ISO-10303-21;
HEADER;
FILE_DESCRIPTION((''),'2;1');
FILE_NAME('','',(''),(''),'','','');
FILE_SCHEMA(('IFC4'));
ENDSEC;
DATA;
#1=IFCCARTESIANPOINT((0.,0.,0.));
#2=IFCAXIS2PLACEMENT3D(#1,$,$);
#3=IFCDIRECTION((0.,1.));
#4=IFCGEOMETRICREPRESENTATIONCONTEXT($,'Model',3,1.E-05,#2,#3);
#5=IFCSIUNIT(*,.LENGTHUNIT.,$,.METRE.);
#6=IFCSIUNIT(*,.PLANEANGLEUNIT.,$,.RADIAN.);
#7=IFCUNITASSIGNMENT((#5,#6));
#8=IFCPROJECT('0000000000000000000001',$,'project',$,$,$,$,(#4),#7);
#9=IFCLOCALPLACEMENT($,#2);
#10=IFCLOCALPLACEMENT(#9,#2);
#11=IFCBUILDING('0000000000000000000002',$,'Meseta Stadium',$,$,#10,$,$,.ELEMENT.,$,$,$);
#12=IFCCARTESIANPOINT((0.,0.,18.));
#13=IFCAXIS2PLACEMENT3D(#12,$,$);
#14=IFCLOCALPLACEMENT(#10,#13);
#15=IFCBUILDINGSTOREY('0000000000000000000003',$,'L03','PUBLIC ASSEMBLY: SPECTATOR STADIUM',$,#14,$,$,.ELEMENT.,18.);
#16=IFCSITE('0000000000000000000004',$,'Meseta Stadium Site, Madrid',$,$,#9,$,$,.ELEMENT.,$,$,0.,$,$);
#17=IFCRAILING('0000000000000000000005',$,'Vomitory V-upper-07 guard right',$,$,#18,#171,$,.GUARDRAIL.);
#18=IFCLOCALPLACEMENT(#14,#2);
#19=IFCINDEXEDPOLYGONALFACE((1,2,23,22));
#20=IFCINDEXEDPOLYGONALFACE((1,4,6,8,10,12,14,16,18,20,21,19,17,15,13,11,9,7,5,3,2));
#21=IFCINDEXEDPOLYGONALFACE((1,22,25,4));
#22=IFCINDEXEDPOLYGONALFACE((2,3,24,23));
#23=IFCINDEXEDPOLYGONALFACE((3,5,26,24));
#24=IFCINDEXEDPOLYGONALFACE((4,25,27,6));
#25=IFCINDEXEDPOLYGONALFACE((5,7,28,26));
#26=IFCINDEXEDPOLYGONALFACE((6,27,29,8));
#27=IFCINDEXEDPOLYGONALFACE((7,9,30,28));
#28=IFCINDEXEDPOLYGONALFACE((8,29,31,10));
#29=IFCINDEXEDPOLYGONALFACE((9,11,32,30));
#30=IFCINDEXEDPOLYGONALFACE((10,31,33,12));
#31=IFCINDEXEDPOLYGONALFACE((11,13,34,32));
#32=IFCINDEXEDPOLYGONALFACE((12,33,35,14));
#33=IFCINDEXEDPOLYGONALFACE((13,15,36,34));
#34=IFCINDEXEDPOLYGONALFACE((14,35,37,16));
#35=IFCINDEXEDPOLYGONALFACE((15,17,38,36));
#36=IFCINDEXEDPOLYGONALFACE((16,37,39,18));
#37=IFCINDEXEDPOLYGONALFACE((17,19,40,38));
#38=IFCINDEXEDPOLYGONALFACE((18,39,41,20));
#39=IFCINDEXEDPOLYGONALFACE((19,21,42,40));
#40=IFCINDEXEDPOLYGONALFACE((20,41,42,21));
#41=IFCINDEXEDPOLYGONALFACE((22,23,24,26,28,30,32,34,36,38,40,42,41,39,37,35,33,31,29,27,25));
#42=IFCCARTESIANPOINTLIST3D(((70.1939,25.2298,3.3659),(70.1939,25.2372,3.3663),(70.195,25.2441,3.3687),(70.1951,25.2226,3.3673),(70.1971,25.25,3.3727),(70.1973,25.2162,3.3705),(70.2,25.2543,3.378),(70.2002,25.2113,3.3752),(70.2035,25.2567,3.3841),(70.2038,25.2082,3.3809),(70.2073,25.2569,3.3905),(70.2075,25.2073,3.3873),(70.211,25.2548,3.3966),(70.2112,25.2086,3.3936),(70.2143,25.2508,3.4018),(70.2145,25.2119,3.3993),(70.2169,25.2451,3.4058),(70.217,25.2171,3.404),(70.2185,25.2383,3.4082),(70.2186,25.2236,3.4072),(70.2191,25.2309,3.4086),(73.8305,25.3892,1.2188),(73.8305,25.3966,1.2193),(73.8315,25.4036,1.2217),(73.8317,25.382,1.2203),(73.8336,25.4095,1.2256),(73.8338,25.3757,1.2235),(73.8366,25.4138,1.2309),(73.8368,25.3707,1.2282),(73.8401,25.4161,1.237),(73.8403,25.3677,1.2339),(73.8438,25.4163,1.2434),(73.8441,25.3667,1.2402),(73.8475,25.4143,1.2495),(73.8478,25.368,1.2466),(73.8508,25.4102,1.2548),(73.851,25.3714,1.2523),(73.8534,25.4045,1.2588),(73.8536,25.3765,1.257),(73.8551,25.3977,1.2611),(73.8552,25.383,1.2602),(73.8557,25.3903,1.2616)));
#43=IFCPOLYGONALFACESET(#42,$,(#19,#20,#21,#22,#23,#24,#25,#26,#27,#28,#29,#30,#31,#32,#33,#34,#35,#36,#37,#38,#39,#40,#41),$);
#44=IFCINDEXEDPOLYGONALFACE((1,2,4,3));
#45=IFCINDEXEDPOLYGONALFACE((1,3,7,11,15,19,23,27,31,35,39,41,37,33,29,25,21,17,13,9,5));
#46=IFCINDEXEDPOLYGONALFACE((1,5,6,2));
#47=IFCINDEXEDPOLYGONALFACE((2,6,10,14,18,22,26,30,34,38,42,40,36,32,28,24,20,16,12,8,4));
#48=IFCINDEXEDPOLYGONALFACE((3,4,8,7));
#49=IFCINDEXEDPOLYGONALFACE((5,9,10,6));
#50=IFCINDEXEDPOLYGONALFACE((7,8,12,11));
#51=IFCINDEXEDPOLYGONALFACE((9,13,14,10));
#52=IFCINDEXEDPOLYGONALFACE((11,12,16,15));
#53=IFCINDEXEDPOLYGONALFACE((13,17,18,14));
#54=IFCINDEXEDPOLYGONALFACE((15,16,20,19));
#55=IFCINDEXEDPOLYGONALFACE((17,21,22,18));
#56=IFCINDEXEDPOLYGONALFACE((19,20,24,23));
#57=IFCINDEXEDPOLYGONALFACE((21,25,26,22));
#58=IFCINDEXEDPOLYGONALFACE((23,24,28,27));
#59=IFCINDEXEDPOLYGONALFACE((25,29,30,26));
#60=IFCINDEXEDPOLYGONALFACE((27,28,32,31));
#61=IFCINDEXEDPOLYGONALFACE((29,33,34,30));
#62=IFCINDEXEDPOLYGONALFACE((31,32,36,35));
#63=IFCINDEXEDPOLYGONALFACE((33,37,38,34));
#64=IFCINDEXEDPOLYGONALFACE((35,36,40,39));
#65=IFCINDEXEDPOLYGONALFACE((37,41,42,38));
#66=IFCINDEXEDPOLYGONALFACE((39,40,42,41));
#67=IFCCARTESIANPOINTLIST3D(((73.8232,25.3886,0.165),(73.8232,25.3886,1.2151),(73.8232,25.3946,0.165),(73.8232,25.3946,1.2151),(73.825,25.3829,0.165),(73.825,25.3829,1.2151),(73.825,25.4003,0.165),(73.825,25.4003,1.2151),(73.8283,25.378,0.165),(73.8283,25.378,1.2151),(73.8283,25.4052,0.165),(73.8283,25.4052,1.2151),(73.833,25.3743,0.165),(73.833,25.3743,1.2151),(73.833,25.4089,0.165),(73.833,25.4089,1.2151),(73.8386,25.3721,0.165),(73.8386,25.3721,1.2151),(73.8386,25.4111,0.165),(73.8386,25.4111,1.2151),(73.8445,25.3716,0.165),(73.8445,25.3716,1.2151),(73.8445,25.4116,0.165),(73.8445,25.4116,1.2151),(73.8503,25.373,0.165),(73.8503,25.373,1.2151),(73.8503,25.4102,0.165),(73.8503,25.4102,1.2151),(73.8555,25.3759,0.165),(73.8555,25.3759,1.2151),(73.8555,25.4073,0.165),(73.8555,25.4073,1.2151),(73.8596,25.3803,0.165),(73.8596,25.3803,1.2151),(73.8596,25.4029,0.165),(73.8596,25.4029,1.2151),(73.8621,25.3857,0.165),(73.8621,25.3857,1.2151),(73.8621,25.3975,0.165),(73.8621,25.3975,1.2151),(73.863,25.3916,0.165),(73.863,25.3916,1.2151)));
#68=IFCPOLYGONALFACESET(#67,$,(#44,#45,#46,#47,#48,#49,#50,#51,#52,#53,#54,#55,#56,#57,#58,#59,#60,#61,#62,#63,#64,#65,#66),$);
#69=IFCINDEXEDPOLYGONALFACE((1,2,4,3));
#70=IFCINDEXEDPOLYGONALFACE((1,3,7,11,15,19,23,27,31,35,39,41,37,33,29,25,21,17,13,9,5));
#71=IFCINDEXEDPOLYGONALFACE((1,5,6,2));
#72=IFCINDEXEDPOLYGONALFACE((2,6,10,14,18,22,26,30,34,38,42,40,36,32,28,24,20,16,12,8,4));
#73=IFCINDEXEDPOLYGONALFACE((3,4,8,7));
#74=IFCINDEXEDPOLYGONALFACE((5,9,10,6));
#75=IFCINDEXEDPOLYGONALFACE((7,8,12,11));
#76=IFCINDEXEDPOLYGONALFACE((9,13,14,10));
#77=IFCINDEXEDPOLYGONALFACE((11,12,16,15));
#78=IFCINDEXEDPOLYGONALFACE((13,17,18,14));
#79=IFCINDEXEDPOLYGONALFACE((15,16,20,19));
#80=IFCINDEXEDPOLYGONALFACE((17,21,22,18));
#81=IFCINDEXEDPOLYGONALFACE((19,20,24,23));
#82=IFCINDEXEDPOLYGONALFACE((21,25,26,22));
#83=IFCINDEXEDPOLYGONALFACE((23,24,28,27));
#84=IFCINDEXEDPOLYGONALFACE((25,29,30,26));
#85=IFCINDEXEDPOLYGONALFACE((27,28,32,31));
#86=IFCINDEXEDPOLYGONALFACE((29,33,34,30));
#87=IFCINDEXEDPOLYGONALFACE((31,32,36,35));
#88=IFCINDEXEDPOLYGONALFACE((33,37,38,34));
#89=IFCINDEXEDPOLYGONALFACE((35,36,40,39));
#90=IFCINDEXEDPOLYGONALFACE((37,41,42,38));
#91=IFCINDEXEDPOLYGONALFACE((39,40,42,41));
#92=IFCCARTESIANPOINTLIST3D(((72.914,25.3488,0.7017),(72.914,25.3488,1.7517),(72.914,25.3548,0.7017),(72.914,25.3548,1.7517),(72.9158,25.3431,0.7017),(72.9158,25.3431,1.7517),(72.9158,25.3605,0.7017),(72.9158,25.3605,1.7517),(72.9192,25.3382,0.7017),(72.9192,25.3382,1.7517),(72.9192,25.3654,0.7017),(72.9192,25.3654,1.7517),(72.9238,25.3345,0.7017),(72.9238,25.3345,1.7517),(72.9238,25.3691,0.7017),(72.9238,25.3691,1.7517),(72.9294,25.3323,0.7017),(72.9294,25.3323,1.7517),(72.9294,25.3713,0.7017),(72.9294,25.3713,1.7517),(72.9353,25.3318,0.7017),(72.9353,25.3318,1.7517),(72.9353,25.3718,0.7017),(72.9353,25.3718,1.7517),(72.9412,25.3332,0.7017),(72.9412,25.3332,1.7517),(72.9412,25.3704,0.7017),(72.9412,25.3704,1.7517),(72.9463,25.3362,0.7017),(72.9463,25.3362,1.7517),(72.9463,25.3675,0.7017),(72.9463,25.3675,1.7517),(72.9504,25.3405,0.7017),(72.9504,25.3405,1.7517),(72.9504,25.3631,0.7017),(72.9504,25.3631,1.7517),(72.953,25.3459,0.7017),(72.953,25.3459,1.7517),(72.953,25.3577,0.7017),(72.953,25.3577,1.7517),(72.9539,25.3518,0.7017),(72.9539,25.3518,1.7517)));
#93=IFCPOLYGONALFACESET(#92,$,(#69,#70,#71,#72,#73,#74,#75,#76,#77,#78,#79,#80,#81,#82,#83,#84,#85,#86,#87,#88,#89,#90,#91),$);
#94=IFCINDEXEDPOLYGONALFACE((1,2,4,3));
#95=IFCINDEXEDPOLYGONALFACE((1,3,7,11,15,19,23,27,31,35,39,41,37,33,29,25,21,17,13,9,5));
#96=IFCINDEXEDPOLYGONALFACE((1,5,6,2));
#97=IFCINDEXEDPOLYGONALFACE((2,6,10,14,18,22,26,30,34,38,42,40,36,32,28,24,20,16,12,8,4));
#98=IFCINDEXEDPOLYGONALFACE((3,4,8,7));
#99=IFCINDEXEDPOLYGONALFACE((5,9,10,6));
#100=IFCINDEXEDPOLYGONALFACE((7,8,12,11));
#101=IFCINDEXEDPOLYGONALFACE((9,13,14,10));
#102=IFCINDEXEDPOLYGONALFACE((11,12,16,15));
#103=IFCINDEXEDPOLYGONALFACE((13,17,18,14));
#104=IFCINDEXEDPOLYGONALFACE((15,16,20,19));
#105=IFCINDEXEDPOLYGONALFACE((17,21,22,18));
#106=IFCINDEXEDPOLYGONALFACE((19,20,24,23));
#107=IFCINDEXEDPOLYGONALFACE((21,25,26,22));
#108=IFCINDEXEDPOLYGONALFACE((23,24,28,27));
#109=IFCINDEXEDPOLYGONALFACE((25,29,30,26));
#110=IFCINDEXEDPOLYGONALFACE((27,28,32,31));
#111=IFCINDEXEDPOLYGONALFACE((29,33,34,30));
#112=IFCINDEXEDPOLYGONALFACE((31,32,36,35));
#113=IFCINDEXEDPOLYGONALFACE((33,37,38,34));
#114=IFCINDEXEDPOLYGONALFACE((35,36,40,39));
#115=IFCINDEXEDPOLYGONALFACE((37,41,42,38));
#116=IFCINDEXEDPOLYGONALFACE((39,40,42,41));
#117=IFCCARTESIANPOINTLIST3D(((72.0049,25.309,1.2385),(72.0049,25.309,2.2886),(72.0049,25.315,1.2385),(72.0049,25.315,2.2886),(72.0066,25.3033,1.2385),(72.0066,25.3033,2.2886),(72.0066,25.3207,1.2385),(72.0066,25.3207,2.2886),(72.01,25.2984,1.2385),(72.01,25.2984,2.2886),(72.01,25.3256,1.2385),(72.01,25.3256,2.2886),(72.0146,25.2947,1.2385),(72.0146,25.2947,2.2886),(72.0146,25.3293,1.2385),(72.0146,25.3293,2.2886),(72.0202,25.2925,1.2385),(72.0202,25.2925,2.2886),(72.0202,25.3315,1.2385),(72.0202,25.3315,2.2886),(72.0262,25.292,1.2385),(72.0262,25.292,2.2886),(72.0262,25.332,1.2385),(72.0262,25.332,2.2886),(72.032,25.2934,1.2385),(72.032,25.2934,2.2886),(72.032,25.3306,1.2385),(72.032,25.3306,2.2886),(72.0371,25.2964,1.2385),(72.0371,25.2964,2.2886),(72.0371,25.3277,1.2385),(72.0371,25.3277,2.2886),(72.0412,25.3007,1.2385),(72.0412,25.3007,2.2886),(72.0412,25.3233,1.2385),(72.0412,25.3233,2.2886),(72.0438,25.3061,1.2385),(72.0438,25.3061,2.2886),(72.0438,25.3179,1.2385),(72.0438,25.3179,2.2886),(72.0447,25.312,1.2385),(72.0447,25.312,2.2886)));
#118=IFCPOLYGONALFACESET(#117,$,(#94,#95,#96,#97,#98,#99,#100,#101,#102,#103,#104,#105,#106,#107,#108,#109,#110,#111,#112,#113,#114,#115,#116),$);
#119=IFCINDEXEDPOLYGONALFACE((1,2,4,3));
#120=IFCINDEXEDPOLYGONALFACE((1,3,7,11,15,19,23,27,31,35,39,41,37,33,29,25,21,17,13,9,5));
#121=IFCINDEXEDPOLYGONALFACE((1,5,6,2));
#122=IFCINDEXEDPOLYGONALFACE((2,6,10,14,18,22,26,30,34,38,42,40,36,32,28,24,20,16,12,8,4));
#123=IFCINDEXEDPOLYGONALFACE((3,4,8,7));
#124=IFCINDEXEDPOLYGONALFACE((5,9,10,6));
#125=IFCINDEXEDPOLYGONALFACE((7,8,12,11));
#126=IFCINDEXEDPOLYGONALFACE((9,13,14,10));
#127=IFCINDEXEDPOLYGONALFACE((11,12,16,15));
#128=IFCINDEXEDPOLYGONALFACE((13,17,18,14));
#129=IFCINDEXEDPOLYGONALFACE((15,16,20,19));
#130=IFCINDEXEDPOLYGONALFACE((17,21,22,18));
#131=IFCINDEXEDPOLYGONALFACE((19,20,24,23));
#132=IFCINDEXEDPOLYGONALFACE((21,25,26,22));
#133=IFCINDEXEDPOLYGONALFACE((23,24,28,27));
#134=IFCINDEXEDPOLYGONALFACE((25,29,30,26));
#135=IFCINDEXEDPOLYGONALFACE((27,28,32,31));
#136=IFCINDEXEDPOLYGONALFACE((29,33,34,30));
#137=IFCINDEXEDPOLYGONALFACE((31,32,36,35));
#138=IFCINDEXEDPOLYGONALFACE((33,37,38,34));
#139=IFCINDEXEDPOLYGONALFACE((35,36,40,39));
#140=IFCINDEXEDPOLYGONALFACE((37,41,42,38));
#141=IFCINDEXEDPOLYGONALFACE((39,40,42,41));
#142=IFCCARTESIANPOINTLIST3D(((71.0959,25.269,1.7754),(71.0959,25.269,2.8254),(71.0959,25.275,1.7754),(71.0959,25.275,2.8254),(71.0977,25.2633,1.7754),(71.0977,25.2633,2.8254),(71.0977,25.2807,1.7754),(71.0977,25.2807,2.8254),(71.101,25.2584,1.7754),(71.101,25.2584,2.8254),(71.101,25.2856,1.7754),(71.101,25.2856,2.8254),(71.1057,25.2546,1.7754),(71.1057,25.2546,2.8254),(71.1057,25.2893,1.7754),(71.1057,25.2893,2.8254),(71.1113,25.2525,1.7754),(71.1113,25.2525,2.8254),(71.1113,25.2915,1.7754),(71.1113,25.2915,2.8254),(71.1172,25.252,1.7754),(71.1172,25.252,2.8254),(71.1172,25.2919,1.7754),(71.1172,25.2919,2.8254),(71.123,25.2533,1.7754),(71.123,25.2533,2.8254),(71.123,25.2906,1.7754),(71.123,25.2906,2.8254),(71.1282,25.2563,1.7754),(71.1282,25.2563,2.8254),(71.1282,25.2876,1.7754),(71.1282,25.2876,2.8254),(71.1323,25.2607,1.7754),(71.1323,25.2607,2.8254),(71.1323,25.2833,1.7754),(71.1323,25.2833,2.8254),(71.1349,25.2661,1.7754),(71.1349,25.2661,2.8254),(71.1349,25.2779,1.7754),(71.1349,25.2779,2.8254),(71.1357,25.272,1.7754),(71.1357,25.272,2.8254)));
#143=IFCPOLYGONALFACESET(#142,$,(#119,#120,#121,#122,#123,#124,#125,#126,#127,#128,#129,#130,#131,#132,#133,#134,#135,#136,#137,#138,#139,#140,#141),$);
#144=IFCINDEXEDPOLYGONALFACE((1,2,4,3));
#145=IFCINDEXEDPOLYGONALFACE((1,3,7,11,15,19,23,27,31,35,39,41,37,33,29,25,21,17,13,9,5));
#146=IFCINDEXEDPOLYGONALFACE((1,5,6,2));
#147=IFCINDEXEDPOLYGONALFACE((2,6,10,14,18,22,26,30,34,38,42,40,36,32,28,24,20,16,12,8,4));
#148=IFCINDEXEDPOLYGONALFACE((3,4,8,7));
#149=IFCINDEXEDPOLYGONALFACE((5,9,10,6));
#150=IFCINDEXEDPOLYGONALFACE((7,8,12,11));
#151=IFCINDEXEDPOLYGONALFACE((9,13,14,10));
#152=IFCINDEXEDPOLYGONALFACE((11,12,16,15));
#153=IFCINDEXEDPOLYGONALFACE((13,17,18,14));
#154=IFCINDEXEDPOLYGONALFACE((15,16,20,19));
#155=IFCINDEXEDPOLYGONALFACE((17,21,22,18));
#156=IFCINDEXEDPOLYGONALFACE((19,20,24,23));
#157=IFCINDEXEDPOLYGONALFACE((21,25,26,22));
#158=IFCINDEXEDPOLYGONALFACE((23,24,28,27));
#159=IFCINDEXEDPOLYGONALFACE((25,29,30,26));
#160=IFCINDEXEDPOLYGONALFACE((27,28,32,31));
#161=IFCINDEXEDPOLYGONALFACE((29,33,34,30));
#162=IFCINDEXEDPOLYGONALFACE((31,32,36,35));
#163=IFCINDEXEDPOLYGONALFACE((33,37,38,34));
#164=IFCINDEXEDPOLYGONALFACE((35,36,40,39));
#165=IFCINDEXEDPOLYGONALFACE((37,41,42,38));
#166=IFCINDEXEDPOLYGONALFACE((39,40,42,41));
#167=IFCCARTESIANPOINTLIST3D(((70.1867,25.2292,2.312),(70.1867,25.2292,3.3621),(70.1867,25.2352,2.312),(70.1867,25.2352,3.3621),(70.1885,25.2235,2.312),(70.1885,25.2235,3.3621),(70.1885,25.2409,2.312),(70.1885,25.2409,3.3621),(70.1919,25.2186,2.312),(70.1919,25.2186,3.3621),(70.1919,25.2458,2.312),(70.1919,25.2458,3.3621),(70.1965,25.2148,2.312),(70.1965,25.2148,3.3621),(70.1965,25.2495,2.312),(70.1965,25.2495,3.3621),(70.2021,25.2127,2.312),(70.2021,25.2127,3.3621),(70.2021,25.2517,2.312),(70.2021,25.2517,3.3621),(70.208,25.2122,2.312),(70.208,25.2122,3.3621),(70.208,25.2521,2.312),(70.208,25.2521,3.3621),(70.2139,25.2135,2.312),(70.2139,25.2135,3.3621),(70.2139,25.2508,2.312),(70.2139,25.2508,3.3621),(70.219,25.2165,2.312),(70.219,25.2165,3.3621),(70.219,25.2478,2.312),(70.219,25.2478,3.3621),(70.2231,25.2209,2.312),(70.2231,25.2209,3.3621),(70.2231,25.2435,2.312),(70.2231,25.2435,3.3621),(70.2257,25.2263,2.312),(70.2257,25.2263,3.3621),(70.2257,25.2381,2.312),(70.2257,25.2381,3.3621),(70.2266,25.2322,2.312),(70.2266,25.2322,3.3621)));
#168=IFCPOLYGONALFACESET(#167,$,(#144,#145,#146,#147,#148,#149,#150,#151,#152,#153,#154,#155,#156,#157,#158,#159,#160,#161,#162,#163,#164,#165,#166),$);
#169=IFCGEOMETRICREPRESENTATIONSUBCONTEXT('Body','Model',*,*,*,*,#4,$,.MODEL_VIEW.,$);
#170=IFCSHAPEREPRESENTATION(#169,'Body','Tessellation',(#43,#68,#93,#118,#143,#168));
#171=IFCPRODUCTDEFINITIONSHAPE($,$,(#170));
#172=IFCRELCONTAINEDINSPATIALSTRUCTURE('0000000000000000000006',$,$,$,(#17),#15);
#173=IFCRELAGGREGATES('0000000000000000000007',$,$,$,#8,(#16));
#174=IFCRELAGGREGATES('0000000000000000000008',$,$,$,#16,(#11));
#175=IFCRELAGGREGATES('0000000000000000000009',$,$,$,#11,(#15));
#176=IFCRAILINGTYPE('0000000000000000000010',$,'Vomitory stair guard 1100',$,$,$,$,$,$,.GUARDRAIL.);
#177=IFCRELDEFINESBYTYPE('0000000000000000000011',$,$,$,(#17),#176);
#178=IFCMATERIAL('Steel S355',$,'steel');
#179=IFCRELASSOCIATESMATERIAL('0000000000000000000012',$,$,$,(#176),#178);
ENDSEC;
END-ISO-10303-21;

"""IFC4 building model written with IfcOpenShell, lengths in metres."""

from ifc_helpers import new_model, si_unit, direction, frame, origin, origin_2d, place, context, subcontext, project, spatial, circle, extrude, material, type_object, element, save


model = new_model("IFC4")

# Units and contexts
model_context = context("Model", 3, precision=1e-05, world=origin(), true_north=direction((0.0, 1.0)))
body_context = subcontext(model_context, "Body", "Model", "MODEL_VIEW")
ifc_project = project(units=[si_unit("LENGTHUNIT", "METRE"), si_unit("PLANEANGLEUNIT", "RADIAN")], contexts=[model_context])

# Site, building, storey
site_placement = place(None, origin())
site = spatial("IfcSite", under=ifc_project, at=site_placement, Name="Meseta Stadium Site, Madrid", CompositionType="ELEMENT", RefElevation=0.0)
building_placement = place(site_placement, origin())
building = spatial("IfcBuilding", under=site, at=building_placement, Name="Meseta Stadium", CompositionType="ELEMENT")
storey_placement = place(building_placement, frame((0.0, 0.0, 18.0)))
storey = spatial("IfcBuildingStorey", under=building, at=storey_placement, Name="L03", Description="PUBLIC ASSEMBLY: SPECTATOR STADIUM", CompositionType="ELEMENT", Elevation=18.0)

# Railing
ifc_material_1 = material(Name="Steel S355", Category="steel")
railing_type_1 = type_object("IfcRailingType", Name="Vomitory stair guard 1100", PredefinedType="GUARDRAIL", material=ifc_material_1)
railing_1_placement = place(storey_placement, frame((73.843, 25.3916, 0.165)))
element("IfcRailing", 1, at=railing_1_placement, inside=storey, type_object=railing_type_1, Name="Vomitory V-upper-07 guard right", PredefinedType="GUARDRAIL", context=body_context, shape_type="SweptSolid", body=[
    extrude(circle(Radius=0.0249, at=origin_2d()), frame((0.0, 0.0, 1.0752), z_axis=(-0.860506, -0.037725, 0.508042), x_axis=(0.043798, -0.99904, 0.0)), (0.0, 0.0, 1.0), 4.2261),
    extrude(circle(Radius=0.02, at=origin_2d()), origin(), (0.0, 0.0, 1.0), 1.05),
    extrude(circle(Radius=0.02, at=origin_2d()), frame((-0.9092, -0.0398, 0.5366)), (0.0, 0.0, 1.0), 1.05),
    extrude(circle(Radius=0.02, at=origin_2d()), frame((-1.8184, -0.0796, 1.0735)), (0.0, 0.0, 1.0), 1.05),
    extrude(circle(Radius=0.02, at=origin_2d()), frame((-2.7273, -0.1196, 1.6104)), (0.0, 0.0, 1.0), 1.05),
    extrude(circle(Radius=0.02, at=origin_2d()), frame((-3.6365, -0.1594, 2.147)), (0.0, 0.0, 1.0), 1.05),
])

save(model, "model.ifc")
